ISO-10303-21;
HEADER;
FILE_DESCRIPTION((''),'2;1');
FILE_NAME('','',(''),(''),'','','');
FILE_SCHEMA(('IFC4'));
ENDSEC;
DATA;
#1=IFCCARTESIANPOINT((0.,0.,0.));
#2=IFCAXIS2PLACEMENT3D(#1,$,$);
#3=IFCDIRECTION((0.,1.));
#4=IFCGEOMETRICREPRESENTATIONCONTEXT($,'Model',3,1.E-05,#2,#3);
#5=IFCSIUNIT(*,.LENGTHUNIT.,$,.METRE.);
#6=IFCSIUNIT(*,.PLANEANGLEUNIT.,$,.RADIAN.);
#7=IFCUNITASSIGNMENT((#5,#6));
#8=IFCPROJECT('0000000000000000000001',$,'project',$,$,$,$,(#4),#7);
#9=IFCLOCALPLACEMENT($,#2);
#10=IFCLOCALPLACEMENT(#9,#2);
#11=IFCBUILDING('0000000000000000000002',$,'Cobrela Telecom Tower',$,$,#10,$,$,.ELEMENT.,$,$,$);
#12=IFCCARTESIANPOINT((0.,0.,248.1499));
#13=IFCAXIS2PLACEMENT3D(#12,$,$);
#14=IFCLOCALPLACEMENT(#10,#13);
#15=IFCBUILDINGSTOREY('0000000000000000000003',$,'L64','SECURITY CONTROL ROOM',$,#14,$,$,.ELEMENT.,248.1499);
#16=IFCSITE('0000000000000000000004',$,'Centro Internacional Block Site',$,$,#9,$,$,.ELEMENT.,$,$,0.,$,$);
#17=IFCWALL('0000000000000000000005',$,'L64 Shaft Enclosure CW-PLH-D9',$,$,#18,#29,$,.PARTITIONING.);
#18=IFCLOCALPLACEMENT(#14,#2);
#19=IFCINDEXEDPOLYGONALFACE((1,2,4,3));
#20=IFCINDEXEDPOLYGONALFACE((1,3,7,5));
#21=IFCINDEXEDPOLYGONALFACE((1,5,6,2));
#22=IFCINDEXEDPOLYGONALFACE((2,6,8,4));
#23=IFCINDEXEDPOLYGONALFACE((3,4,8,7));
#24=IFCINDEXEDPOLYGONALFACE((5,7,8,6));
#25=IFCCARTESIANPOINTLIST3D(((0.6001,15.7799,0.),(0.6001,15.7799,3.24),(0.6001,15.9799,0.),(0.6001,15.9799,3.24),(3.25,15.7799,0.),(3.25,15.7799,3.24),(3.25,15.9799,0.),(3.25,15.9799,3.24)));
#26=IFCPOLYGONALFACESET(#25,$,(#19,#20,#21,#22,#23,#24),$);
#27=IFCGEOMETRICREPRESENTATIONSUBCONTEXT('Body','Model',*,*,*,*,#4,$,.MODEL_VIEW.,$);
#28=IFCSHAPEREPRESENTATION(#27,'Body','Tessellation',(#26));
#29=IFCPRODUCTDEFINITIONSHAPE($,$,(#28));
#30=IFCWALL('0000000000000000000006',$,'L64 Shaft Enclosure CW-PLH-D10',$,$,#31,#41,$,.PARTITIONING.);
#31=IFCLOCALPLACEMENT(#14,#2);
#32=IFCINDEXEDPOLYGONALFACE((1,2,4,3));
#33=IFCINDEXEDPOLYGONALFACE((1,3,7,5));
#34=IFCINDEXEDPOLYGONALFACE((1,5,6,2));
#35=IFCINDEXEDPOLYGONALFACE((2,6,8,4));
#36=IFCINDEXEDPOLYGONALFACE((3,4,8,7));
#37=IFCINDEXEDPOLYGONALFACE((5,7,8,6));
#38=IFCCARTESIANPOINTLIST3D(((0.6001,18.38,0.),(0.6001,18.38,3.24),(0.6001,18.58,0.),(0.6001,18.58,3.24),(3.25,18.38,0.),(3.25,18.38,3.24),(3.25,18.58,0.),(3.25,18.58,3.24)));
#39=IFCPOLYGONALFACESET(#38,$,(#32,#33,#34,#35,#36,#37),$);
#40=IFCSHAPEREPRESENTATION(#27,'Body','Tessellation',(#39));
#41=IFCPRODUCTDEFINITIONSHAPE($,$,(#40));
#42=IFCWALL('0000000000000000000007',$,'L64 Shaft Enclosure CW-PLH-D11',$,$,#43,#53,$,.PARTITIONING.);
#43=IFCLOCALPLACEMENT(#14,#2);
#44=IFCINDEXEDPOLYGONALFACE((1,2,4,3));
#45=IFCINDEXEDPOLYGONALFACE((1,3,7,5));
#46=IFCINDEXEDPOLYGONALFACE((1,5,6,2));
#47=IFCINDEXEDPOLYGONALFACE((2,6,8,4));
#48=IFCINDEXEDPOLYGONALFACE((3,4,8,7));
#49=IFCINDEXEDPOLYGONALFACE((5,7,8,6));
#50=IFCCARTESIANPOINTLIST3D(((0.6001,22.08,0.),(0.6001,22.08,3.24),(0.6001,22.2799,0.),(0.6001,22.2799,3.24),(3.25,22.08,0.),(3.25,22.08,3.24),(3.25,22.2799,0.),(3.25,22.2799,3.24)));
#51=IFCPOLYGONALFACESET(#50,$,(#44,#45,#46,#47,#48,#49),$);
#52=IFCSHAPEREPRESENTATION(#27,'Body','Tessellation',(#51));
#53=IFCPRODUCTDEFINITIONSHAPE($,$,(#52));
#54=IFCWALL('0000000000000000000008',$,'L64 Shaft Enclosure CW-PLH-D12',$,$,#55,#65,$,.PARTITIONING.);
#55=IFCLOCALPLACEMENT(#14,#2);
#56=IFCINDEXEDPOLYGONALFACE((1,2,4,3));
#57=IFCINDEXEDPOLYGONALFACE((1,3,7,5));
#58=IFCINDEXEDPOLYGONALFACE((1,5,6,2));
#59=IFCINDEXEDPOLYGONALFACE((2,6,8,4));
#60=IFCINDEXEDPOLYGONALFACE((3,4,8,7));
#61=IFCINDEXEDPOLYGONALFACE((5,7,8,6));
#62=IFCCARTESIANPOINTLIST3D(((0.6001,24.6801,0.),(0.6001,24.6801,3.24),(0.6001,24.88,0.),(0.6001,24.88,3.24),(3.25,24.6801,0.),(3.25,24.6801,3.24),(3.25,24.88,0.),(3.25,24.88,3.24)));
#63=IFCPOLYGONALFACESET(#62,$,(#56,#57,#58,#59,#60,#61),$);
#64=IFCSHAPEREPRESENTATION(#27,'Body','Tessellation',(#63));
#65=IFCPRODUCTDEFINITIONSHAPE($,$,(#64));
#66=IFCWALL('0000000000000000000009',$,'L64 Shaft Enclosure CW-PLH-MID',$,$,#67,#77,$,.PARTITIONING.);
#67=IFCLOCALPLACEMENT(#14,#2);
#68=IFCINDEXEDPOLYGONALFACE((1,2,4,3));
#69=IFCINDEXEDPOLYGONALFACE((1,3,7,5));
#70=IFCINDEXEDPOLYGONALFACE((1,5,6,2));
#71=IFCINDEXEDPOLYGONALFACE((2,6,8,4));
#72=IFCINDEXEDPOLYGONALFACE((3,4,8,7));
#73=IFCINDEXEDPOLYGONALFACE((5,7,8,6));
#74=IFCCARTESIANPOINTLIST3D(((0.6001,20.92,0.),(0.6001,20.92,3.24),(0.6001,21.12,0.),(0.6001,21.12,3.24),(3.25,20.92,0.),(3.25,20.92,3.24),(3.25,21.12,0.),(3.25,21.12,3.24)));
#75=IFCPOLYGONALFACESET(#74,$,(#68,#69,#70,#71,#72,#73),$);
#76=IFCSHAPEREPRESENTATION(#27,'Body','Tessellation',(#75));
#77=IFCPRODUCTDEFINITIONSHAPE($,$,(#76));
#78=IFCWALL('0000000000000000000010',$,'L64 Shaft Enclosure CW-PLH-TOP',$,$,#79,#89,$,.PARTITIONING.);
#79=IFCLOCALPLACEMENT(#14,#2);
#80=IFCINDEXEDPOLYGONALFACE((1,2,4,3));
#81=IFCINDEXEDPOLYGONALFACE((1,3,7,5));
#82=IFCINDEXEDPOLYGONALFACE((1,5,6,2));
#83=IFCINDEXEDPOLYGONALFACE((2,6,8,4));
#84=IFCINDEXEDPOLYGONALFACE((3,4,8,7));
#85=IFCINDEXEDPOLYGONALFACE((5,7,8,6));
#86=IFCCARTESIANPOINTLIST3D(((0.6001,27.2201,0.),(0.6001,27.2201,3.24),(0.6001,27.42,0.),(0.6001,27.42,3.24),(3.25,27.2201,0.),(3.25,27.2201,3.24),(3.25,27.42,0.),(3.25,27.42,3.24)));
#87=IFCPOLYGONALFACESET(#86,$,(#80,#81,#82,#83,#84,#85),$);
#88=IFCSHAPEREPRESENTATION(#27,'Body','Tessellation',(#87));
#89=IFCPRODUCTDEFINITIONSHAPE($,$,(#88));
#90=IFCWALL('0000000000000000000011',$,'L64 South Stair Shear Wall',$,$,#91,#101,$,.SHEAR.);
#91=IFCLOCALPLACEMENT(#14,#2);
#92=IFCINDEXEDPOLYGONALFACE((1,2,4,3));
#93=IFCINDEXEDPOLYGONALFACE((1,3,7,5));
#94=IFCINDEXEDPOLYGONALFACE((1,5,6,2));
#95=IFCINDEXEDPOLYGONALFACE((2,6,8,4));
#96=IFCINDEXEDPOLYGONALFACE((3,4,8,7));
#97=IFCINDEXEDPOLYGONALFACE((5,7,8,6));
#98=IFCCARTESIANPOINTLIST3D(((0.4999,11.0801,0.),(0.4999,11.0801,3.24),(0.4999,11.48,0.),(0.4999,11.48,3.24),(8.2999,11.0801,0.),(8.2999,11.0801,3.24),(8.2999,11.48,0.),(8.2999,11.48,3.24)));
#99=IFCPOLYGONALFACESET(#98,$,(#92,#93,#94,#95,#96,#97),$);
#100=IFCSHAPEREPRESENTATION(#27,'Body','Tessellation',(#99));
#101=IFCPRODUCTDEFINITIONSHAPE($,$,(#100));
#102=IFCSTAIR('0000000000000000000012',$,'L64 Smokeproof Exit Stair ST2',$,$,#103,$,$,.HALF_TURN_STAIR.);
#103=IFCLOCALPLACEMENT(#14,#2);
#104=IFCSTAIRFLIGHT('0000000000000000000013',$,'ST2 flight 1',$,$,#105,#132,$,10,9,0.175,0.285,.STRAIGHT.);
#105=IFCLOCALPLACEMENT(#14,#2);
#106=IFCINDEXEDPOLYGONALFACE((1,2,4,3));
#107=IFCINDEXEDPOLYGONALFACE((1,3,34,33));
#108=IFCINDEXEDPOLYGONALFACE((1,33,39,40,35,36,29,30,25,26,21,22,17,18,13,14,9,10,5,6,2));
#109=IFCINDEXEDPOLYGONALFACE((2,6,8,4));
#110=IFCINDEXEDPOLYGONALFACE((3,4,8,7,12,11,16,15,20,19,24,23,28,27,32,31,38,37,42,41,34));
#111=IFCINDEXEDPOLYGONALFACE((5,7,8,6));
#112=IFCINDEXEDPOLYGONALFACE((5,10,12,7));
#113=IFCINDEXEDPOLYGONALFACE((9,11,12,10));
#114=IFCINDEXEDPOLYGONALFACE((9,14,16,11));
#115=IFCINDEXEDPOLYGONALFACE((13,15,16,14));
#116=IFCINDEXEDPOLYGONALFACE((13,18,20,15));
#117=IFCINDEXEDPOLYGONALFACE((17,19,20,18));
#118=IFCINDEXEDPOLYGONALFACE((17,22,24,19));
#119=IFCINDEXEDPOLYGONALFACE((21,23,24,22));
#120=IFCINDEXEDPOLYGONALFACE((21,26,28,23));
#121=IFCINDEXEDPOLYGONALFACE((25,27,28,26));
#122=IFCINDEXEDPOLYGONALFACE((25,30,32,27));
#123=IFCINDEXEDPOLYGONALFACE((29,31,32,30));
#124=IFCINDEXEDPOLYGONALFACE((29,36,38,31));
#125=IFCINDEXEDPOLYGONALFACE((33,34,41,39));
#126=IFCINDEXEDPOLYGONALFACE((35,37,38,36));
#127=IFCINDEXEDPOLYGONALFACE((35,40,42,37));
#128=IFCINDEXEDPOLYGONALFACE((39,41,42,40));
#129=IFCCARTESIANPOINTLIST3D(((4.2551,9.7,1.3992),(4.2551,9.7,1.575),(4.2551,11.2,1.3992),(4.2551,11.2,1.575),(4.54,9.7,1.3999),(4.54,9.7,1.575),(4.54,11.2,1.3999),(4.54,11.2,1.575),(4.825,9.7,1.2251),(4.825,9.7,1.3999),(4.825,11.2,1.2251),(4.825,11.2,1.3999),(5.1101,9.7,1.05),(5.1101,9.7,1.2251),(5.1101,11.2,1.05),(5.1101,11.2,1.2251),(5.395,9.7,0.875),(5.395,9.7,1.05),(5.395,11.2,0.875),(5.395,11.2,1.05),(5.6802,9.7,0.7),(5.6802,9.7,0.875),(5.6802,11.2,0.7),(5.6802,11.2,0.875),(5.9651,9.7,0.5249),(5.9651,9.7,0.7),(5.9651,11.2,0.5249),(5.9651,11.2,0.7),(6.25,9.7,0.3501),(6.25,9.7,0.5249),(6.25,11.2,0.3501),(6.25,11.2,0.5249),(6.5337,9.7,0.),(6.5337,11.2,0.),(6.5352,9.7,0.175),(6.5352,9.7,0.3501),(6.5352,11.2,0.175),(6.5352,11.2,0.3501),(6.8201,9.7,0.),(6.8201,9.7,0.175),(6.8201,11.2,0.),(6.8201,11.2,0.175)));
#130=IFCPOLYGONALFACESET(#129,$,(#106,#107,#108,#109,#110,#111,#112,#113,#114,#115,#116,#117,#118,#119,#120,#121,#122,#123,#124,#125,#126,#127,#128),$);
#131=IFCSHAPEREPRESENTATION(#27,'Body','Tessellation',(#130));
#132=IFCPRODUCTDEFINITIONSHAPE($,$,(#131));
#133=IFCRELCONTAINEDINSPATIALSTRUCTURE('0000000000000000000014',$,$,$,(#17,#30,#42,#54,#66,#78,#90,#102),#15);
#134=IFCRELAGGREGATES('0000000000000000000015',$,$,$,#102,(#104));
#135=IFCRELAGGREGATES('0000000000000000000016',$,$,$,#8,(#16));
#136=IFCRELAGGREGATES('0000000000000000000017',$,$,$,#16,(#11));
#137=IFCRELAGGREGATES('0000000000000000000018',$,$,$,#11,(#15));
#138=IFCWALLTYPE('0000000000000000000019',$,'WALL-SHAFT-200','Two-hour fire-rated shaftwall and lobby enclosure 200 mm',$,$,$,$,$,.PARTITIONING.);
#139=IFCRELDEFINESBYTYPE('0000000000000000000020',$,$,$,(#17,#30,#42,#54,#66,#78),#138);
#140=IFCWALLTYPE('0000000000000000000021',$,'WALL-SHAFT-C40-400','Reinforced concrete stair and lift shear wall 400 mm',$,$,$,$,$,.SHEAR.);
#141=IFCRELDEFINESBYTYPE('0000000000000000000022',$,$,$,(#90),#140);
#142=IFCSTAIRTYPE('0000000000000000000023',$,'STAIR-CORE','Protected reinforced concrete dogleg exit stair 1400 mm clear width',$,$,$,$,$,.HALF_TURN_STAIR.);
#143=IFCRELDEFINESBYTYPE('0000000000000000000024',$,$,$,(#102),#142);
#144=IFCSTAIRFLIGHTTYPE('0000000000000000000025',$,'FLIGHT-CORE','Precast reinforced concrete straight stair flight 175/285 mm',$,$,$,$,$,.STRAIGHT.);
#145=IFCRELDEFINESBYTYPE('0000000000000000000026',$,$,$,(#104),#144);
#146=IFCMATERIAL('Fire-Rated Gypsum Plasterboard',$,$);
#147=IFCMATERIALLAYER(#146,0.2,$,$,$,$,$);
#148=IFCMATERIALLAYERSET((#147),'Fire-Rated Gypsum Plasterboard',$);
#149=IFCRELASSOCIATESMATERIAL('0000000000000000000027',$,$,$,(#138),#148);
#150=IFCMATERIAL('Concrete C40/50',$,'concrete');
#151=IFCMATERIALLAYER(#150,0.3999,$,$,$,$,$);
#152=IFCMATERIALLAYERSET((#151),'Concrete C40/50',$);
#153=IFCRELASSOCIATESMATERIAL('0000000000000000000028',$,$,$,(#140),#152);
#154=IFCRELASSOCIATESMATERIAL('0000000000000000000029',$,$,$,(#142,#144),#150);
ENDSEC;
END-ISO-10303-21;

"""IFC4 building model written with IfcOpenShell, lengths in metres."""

from ifc_helpers import new_model, si_unit, direction, frame, frame_2d, origin, place, context, subcontext, project, spatial, polyline, rectangle, outline, extrude, material, layer, layer_set, type_object, element, aggregate, save


model = new_model("IFC4")

# Units and contexts
model_context = context("Model", 3, precision=1e-05, world=origin(), true_north=direction((0.0, 1.0)))
body_context = subcontext(model_context, "Body", "Model", "MODEL_VIEW")
ifc_project = project(units=[si_unit("LENGTHUNIT", "METRE"), si_unit("PLANEANGLEUNIT", "RADIAN")], contexts=[model_context])

# Site, building, storey
site_placement = place(None, origin())
site = spatial("IfcSite", under=ifc_project, at=site_placement, Name="Centro Internacional Block Site", CompositionType="ELEMENT", RefElevation=0.0)
building_placement = place(site_placement, origin())
building = spatial("IfcBuilding", under=site, at=building_placement, Name="Cobrela Telecom Tower", CompositionType="ELEMENT")
storey_placement = place(building_placement, frame((0.0, 0.0, 248.1499)))
storey = spatial("IfcBuildingStorey", under=building, at=storey_placement, Name="L64", Description="SECURITY CONTROL ROOM", CompositionType="ELEMENT", Elevation=248.1499)

# Shared definitions
ifc_material_1 = material(Name="Fire-Rated Gypsum Plasterboard")

# Shared definitions
ifc_layer_1 = layer(ifc_material_1, 0.2)
ifc_layer_set_1 = layer_set([ifc_layer_1], Name="Fire-Rated Gypsum Plasterboard")
wall_type_1 = type_object("IfcWallType", Name="WALL-SHAFT-200", Description="Two-hour fire-rated shaftwall and lobby enclosure 200 mm", PredefinedType="PARTITIONING", material=ifc_layer_set_1)

# Walls
for number, where, z_axis, x_axis, name in (
    (1, (0.6001, 15.8799, 0.0), (0.0, 0.0, 1.0), (1.0, 0.0, 0.0), "L64 Shaft Enclosure CW-PLH-D9"),
    (2, (0.6001, 18.48, 0.0), (0.0, 0.0, 1.0), (1.0, 0.0, 0.0), "L64 Shaft Enclosure CW-PLH-D10"),
    (3, (0.6001, 22.1799, 0.0), (0.0, 0.0, 1.0), (1.0, 0.0, 0.0), "L64 Shaft Enclosure CW-PLH-D11"),
    (4, (0.6001, 24.78, 0.0), (0.0, 0.0, 1.0), (1.0, 0.0, 0.0), "L64 Shaft Enclosure CW-PLH-D12"),
    (5, (0.6001, 21.02, 0.0), (0.0, 0.0, 1.0), (1.0, 0.0, 0.0), "L64 Shaft Enclosure CW-PLH-MID"),
    (6, (0.6001, 27.3201, 0.0), (0.0, 0.0, 1.0), (1.0, 0.0, 0.0), "L64 Shaft Enclosure CW-PLH-TOP"),
):
    element("IfcWall", number, at=place(storey_placement, frame(where, z_axis=z_axis, x_axis=x_axis)), inside=storey, type_object=wall_type_1, Name=name, PredefinedType="PARTITIONING", context=body_context, shape_type="SweptSolid", body=[
        extrude(rectangle(XDim=2.6499, YDim=0.2, at=frame_2d((1.325, 0.0))), origin(), (0.0, 0.0, 1.0), 3.24),
    ])
ifc_material_2 = material(Name="Concrete C40/50", Category="concrete")
ifc_layer_2 = layer(ifc_material_2, 0.3999)
ifc_layer_set_2 = layer_set([ifc_layer_2], Name="Concrete C40/50")
wall_type_2 = type_object("IfcWallType", Name="WALL-SHAFT-C40-400", Description="Reinforced concrete stair and lift shear wall 400 mm", PredefinedType="SHEAR", material=ifc_layer_set_2)
wall_1_placement = place(storey_placement, frame((0.5, 11.28, 0.0), z_axis=(0.0, 0.0, 1.0), x_axis=(1.0, 0.0, 0.0)))
element("IfcWall", 7, at=wall_1_placement, inside=storey, type_object=wall_type_2, Name="L64 South Stair Shear Wall", PredefinedType="SHEAR", context=body_context, shape_type="SweptSolid", body=[
    extrude(rectangle(XDim=7.8, YDim=0.3999, at=frame_2d((3.8999, 0.0))), origin(), (0.0, 0.0, 1.0), 3.24),
])

# Stair, stair flight
stair_type = type_object("IfcStairType", Name="STAIR-CORE", Description="Protected reinforced concrete dogleg exit stair 1400 mm clear width", PredefinedType="HALF_TURN_STAIR", material=ifc_material_2)
stair_placement = place(storey_placement, origin())
stair = element("IfcStair", 8, at=stair_placement, inside=storey, type_object=stair_type, Name="L64 Smokeproof Exit Stair ST2", PredefinedType="HALF_TURN_STAIR")
stair_flight_type = type_object("IfcStairFlightType", Name="FLIGHT-CORE", Description="Precast reinforced concrete straight stair flight 175/285 mm", PredefinedType="STRAIGHT", material=ifc_material_2)
stair_flight_placement = place(storey_placement, frame((6.8201, 10.45, 0.0), z_axis=(0.0, 0.0, 1.0), x_axis=(-1.0, 0.0, 0.0)))
stair_flight = element("IfcStairFlight", 9, at=stair_flight_placement, type_object=stair_flight_type, Name="ST2 flight 1", NumberOfRisers=10, NumberOfTreads=9, PredefinedType="STRAIGHT", RiserHeight=0.175, TreadLength=0.285, context=body_context, shape_type="SweptSolid", body=[
    extrude(outline(polyline([(0.0, 0.0), (0.0, 0.175), (0.2849, 0.175), (0.2849, 0.3501), (0.5701, 0.3501), (0.5701, 0.5249), (0.855, 0.5249), (0.855, 0.7), (1.1399, 0.7), (1.1399, 0.875), (1.425, 0.875), (1.425, 1.05), (1.71, 1.05), (1.71, 1.2251), (1.9951, 1.2251), (1.9951, 1.3999), (2.28, 1.3999), (2.28, 1.575), (2.5649, 1.575), (2.5649, 1.75), (2.5649, 1.3992), (0.2864, 0.0), (0.0, 0.0)])), frame((0.0, 0.75, 0.0), z_axis=(0.0, -1.0, 0.0), x_axis=(1.0, 0.0, 0.0)), (0.0, 0.0, 1.0), 1.5),
])
aggregate(stair, [stair_flight])

save(model, "model.ifc")
